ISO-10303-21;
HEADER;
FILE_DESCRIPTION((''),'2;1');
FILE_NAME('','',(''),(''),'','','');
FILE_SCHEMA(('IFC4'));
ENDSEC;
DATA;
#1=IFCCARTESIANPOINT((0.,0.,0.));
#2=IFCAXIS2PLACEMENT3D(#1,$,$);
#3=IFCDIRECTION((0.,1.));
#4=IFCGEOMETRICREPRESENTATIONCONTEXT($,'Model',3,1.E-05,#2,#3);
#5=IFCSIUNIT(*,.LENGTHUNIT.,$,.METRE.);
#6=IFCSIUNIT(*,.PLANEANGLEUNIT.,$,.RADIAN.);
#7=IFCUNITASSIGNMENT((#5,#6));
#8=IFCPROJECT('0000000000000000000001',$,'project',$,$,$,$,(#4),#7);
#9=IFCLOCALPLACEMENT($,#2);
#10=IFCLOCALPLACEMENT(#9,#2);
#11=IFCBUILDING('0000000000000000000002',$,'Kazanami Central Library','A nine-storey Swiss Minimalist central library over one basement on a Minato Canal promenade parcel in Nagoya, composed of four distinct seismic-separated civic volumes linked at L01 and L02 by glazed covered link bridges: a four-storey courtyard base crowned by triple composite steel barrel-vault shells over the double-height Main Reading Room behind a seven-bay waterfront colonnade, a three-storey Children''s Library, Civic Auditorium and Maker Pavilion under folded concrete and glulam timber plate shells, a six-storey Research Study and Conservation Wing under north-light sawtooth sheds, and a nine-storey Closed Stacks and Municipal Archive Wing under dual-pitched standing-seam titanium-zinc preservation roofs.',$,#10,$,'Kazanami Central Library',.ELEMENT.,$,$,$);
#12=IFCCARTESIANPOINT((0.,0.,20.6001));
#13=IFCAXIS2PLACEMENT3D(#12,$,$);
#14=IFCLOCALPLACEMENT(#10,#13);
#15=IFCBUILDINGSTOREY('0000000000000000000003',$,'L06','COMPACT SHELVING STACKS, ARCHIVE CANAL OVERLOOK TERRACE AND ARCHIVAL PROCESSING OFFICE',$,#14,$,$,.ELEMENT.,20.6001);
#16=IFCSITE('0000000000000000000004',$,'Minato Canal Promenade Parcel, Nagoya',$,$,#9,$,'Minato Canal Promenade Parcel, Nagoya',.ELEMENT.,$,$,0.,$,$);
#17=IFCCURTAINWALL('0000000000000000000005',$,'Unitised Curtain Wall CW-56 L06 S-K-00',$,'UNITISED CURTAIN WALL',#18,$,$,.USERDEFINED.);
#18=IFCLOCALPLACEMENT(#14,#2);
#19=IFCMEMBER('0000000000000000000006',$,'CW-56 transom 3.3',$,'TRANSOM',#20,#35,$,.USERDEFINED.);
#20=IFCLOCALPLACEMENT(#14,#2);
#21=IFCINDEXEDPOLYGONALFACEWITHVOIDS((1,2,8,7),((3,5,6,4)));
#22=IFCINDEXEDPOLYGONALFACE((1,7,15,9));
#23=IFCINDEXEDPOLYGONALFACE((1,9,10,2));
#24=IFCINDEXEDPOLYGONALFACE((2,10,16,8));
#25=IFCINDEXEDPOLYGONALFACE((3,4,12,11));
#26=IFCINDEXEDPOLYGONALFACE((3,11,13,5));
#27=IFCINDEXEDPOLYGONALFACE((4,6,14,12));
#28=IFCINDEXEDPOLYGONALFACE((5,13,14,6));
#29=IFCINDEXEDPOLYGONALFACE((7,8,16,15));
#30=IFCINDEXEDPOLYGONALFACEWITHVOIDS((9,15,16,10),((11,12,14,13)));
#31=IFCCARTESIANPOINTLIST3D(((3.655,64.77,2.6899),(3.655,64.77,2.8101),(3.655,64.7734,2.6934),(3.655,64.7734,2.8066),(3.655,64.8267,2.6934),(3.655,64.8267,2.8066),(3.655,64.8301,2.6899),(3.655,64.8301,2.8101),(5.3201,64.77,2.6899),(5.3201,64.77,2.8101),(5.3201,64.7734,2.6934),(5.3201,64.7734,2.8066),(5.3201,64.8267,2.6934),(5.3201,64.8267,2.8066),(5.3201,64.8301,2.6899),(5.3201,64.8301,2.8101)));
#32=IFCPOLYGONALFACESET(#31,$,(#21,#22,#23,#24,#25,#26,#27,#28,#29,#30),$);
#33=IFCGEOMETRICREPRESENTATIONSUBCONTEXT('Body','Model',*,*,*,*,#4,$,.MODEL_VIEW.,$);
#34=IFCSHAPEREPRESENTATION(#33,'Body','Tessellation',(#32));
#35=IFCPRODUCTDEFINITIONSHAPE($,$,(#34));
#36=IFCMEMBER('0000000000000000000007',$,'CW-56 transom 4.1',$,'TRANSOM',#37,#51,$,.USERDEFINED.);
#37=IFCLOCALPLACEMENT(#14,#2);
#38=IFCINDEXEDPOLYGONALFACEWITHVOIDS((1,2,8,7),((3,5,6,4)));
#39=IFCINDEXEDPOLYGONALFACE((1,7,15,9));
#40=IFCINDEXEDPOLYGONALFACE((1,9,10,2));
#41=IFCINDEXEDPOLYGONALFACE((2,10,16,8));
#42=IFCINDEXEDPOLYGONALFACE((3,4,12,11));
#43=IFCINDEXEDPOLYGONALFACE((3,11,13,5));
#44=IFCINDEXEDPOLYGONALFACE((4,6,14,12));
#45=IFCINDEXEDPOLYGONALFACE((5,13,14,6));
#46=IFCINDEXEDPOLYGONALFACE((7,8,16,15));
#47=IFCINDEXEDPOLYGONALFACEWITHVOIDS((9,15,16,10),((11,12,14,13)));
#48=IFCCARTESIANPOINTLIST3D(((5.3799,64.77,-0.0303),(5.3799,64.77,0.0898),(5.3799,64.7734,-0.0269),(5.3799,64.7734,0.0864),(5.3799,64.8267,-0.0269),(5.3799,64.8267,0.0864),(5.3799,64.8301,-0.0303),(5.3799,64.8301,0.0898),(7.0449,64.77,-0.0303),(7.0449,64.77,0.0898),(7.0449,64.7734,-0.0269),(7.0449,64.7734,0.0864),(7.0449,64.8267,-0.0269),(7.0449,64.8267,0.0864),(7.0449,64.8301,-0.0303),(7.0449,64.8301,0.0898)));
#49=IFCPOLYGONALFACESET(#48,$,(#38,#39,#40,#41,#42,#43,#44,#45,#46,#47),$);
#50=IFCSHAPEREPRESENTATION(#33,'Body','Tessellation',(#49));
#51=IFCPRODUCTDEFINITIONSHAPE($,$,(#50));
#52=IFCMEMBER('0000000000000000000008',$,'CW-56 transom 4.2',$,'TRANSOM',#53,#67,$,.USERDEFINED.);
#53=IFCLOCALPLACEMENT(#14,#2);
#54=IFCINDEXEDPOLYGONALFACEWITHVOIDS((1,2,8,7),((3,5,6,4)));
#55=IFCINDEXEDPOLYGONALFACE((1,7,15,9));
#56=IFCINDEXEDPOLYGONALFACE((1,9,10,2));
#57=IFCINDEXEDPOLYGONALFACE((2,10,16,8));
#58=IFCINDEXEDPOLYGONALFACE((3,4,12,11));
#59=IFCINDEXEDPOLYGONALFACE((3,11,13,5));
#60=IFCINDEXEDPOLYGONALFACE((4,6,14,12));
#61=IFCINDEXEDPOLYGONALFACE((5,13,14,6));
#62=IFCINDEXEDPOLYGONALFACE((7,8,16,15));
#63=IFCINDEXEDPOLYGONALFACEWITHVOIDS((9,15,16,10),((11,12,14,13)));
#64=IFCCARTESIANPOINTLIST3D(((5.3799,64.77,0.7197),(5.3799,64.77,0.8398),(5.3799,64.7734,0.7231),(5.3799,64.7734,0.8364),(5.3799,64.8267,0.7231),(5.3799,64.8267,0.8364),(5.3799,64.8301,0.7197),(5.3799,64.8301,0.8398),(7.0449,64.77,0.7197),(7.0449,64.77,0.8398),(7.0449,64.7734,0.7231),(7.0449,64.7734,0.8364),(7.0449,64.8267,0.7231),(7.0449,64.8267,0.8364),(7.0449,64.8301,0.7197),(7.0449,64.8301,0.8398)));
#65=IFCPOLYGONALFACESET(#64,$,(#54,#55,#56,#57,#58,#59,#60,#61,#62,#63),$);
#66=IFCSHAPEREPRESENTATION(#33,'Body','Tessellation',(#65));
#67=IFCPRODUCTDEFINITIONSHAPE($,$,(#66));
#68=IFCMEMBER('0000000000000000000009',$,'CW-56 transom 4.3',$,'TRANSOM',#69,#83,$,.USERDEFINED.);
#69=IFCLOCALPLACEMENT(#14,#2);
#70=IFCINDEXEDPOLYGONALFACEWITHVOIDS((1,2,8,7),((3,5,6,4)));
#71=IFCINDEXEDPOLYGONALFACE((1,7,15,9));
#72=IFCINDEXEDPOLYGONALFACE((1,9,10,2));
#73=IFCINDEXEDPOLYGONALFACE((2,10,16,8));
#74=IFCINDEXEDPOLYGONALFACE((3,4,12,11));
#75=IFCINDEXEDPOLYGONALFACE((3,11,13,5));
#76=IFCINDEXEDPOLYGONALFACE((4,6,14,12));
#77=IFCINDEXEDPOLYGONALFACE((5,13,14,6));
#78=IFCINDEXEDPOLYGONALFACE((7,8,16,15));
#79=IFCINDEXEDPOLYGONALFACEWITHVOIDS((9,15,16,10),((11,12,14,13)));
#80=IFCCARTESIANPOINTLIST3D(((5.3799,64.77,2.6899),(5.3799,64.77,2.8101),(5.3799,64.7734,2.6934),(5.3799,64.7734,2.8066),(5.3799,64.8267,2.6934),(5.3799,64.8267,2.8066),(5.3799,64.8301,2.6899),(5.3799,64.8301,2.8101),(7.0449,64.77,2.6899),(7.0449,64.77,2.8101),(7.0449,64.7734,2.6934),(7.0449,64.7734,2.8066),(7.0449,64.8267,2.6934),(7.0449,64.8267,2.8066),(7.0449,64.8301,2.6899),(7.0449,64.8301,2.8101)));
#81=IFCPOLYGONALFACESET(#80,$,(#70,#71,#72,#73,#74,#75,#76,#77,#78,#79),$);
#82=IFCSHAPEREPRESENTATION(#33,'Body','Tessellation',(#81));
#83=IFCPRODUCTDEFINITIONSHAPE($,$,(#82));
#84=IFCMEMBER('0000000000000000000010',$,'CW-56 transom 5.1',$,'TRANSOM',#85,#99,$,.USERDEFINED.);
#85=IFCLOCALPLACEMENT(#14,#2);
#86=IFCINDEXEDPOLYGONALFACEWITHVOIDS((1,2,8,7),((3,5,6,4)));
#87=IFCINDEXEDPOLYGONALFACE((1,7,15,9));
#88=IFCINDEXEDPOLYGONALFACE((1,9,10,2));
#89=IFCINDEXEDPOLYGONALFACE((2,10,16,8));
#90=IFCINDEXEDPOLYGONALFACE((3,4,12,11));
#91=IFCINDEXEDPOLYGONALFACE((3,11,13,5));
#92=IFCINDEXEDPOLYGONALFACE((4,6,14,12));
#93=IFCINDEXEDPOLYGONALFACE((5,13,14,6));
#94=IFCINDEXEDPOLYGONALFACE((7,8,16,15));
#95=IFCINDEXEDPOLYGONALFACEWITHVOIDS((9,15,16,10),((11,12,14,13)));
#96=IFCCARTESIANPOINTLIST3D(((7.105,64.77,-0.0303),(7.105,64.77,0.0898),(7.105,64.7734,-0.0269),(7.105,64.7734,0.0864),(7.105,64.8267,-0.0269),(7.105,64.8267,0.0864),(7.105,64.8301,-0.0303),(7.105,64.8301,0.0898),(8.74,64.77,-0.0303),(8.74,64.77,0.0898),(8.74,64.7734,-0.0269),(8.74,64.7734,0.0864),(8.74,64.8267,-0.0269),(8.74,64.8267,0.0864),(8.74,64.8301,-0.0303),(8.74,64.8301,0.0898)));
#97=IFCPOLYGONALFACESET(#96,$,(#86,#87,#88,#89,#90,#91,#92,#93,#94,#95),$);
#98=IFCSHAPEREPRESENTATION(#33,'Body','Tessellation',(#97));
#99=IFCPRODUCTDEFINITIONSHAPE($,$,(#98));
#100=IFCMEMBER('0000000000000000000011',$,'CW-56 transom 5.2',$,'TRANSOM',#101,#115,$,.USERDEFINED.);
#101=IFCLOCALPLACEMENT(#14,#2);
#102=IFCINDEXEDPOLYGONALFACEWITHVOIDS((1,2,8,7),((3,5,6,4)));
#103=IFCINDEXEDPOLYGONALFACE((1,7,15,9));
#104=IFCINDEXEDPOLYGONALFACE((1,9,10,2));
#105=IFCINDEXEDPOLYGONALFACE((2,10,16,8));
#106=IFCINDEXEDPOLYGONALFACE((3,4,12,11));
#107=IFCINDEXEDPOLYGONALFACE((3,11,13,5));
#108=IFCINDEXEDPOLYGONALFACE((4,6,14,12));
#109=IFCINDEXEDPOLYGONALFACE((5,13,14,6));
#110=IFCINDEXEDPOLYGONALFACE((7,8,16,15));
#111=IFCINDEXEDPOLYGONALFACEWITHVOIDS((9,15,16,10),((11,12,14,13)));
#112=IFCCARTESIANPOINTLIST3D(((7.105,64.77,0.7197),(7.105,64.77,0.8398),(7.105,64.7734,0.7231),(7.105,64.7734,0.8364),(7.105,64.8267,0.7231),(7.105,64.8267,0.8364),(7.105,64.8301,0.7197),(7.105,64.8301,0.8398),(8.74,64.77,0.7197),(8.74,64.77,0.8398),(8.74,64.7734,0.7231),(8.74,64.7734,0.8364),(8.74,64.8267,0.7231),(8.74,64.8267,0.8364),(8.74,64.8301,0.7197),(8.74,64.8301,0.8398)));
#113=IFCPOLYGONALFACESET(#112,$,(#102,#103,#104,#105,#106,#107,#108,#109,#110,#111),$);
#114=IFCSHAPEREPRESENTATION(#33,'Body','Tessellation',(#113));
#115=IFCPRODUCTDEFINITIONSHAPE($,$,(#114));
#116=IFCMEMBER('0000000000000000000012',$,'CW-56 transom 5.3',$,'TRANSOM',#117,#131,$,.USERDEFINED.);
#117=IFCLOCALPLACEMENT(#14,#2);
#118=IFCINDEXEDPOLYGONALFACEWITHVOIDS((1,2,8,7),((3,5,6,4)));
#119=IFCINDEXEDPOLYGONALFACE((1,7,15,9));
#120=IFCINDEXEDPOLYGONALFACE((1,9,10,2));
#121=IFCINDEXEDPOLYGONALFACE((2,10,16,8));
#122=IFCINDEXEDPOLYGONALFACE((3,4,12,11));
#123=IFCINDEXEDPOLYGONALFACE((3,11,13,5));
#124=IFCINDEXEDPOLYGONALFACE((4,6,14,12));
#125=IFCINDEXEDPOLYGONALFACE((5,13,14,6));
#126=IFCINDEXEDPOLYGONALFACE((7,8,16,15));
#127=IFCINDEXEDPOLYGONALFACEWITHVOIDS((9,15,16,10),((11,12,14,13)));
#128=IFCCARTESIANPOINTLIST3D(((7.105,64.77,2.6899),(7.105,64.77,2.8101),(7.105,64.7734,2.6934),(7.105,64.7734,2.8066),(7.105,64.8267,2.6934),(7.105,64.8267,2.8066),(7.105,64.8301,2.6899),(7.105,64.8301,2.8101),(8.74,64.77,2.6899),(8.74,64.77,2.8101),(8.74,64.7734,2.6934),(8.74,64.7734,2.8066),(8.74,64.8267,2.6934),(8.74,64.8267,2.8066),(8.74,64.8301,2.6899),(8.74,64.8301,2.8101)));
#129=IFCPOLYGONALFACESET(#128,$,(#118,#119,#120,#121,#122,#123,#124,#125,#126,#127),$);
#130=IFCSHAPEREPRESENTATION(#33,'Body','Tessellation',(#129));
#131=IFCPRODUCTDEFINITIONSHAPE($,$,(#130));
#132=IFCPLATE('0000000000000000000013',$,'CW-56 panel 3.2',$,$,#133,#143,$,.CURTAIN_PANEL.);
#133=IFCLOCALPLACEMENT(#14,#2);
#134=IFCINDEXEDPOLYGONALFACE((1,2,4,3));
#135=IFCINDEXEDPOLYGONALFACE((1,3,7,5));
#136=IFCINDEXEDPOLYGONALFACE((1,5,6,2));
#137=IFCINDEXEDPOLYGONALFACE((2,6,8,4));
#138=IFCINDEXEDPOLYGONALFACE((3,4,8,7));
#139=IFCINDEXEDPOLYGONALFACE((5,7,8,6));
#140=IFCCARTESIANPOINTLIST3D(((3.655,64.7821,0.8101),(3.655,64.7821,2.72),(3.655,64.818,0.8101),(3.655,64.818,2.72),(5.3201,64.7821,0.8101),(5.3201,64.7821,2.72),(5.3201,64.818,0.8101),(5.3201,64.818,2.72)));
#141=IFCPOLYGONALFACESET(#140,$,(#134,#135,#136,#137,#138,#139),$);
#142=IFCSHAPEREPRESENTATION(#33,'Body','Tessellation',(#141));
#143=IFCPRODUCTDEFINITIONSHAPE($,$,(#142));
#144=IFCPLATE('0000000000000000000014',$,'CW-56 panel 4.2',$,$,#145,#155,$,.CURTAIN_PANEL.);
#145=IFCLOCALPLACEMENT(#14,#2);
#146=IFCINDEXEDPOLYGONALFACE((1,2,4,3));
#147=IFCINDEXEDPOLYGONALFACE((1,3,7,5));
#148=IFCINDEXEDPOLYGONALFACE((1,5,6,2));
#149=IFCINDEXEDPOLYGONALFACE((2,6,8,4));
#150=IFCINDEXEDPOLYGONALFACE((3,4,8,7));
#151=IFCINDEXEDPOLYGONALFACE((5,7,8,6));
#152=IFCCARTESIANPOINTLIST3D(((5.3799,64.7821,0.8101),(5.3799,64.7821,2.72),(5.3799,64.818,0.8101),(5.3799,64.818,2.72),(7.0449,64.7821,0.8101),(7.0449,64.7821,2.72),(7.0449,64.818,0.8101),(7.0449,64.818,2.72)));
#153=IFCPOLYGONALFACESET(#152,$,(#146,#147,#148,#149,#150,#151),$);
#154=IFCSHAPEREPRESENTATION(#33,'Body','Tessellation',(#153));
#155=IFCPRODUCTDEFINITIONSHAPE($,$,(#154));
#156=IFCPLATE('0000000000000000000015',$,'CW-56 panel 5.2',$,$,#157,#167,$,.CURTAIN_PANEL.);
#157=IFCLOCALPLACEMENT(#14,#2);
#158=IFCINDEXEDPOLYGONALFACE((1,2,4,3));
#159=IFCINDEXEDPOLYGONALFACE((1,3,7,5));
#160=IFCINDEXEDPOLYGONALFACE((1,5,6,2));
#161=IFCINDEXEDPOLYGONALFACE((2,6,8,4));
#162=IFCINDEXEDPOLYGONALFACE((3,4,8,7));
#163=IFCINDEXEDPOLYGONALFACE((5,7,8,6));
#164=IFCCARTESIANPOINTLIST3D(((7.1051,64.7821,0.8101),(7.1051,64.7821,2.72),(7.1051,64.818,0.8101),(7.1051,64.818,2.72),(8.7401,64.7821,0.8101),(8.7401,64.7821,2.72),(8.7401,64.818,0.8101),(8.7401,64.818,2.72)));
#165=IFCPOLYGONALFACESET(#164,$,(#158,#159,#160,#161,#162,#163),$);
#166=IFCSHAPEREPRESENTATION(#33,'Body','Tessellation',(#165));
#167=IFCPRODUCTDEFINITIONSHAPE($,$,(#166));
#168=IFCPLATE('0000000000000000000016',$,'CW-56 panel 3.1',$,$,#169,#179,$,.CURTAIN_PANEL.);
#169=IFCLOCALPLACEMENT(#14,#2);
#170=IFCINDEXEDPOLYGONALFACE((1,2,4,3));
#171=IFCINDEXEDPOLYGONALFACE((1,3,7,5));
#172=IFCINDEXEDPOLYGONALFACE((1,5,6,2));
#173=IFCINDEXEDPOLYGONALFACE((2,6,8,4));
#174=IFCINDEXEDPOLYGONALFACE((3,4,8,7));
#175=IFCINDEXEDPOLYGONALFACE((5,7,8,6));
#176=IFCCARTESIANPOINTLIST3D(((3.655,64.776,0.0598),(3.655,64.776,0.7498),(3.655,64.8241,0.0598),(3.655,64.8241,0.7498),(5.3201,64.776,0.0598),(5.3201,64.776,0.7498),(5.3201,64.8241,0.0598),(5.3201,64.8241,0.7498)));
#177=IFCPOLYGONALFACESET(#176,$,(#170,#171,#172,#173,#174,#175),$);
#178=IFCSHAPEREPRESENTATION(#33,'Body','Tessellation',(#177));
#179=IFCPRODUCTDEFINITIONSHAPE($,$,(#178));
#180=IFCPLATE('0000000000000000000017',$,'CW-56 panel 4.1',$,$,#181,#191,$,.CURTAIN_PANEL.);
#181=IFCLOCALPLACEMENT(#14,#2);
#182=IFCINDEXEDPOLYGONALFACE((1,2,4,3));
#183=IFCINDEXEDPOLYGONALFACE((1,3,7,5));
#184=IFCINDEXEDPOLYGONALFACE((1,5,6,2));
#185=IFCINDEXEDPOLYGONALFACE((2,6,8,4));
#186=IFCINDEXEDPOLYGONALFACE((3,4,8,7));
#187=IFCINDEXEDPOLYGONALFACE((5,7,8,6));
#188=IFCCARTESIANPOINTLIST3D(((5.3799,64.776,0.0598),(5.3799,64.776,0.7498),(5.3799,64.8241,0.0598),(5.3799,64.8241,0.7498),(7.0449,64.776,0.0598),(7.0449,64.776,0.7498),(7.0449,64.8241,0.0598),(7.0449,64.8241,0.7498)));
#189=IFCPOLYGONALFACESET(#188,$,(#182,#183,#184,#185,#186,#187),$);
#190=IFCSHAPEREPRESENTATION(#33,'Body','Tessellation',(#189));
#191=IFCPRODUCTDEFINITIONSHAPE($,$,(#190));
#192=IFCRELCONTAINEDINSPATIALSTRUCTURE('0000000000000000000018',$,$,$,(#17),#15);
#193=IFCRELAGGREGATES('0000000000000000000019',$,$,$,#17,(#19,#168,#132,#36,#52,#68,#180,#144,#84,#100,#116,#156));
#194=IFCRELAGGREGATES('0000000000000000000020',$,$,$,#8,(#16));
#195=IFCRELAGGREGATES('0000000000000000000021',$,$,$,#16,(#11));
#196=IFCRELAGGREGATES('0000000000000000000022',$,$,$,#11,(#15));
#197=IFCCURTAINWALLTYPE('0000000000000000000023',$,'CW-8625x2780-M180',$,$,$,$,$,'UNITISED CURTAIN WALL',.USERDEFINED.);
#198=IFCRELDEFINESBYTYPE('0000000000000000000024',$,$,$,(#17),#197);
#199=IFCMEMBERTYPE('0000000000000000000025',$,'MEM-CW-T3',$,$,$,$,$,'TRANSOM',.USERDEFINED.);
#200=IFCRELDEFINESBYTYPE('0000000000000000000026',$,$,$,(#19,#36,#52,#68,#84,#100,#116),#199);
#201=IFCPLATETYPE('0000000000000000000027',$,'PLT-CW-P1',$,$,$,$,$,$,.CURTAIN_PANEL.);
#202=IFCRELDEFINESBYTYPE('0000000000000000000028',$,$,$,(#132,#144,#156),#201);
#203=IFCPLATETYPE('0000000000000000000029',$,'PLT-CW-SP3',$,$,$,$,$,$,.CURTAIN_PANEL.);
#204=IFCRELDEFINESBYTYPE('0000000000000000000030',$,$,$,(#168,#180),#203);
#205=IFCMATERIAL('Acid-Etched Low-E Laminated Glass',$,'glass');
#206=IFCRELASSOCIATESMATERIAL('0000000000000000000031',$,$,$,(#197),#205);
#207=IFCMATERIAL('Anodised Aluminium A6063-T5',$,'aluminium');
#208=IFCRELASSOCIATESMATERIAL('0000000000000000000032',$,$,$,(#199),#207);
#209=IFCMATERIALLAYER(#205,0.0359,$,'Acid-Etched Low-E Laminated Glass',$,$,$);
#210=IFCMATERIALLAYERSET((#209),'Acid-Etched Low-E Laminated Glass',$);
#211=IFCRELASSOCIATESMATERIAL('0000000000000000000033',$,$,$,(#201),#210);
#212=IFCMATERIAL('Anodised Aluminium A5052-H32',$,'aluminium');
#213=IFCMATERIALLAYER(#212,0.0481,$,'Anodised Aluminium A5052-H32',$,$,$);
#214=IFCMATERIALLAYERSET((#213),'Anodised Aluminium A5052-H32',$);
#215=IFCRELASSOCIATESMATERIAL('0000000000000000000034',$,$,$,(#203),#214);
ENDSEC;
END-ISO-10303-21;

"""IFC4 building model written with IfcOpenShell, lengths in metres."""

from ifc_helpers import new_model, si_unit, direction, frame, origin, origin_2d, place, context, subcontext, project, spatial, rectangle, hollow_rectangle, extrude, material, layer, layer_set, material_profile, profile_set, type_object, element, aggregate, save


model = new_model("IFC4")

# Units and contexts
model_context = context("Model", 3, precision=1e-05, world=origin(), true_north=direction((0.0, 1.0)))
body_context = subcontext(model_context, "Body", "Model", "MODEL_VIEW")
ifc_project = project(units=[si_unit("LENGTHUNIT", "METRE"), si_unit("PLANEANGLEUNIT", "RADIAN")], contexts=[model_context])

# Site, building, storey
site_placement = place(None, origin())
site = spatial("IfcSite", under=ifc_project, at=site_placement, Name="Minato Canal Promenade Parcel, Nagoya", LongName="Minato Canal Promenade Parcel, Nagoya", CompositionType="ELEMENT", RefElevation=0.0)
building_placement = place(site_placement, origin())
building = spatial("IfcBuilding", under=site, at=building_placement, Name="Kazanami Central Library", Description="A nine-storey Swiss Minimalist central library over one basement on a Minato Canal promenade parcel in Nagoya, composed of four distinct seismic-separated civic volumes linked at L01 and L02 by glazed covered link bridges: a four-storey courtyard base crowned by triple composite steel barrel-vault shells over the double-height Main Reading Room behind a seven-bay waterfront colonnade, a three-storey Children's Library, Civic Auditorium and Maker Pavilion under folded concrete and glulam timber plate shells, a six-storey Research Study and Conservation Wing under north-light sawtooth sheds, and a nine-storey Closed Stacks and Municipal Archive Wing under dual-pitched standing-seam titanium-zinc preservation roofs.", LongName="Kazanami Central Library", CompositionType="ELEMENT")
storey_placement = place(building_placement, frame((0.0, 0.0, 20.6001)))
storey = spatial("IfcBuildingStorey", under=building, at=storey_placement, Name="L06", Description="COMPACT SHELVING STACKS, ARCHIVE CANAL OVERLOOK TERRACE AND ARCHIVAL PROCESSING OFFICE", CompositionType="ELEMENT", Elevation=20.6001)

# Curtain wall, members, plates
ifc_material_1 = material(Name="Acid-Etched Low-E Laminated Glass", Category="glass")
curtain_wall_type = type_object("IfcCurtainWallType", Name="CW-8625x2780-M180", ElementType="UNITISED CURTAIN WALL", PredefinedType="USERDEFINED", material=ifc_material_1)
curtain_wall_placement = place(storey_placement, origin())
curtain_wall = element("IfcCurtainWall", 1, at=curtain_wall_placement, inside=storey, type_object=curtain_wall_type, Name="Unitised Curtain Wall CW-56 L06 S-K-00", ObjectType="UNITISED CURTAIN WALL", PredefinedType="USERDEFINED")
ifc_material_2 = material(Name="Anodised Aluminium A6063-T5", Category="aluminium")
ifc_material_profile_1 = material_profile(ifc_material_2, hollow_rectangle(XDim=0.0601, YDim=0.1201, WallThickness=0.0034, at=origin_2d()), Name="ALU-TRAN-60x120x3.5")
ifc_profile_set_1 = profile_set([ifc_material_profile_1], Name="Anodised Aluminium A6063-T5")
member_type_1 = type_object("IfcMemberType", Name="MEM-CW-T3", ElementType="TRANSOM", PredefinedType="USERDEFINED", material=ifc_profile_set_1)
member_1_placement = place(storey_placement, frame((3.655, 64.8, 2.75), z_axis=(1.0, 0.0, 0.0), x_axis=(0.0, 1.0, 0.0)))
member_1 = element("IfcMember", 2, at=member_1_placement, type_object=member_type_1, Name="CW-56 transom 3.3", ObjectType="TRANSOM", PredefinedType="USERDEFINED", context=body_context, shape_type="SweptSolid", body=[
    extrude(hollow_rectangle(XDim=0.0601, YDim=0.1201, WallThickness=0.0034, at=origin_2d()), origin(), (0.0, 0.0, 1.0), 1.665),
])
member_2_placement = place(storey_placement, frame((5.3799, 64.8, 0.0298), z_axis=(1.0, 0.0, 0.0), x_axis=(0.0, 1.0, 0.0)))
member_2 = element("IfcMember", 3, at=member_2_placement, type_object=member_type_1, Name="CW-56 transom 4.1", ObjectType="TRANSOM", PredefinedType="USERDEFINED", context=body_context, shape_type="SweptSolid", body=[
    extrude(hollow_rectangle(XDim=0.0601, YDim=0.1201, WallThickness=0.0034, at=origin_2d()), origin(), (0.0, 0.0, 1.0), 1.665),
])
member_3_placement = place(storey_placement, frame((5.3799, 64.8, 0.7798), z_axis=(1.0, 0.0, 0.0), x_axis=(0.0, 1.0, 0.0)))
member_3 = element("IfcMember", 4, at=member_3_placement, type_object=member_type_1, Name="CW-56 transom 4.2", ObjectType="TRANSOM", PredefinedType="USERDEFINED", context=body_context, shape_type="SweptSolid", body=[
    extrude(hollow_rectangle(XDim=0.0601, YDim=0.1201, WallThickness=0.0034, at=origin_2d()), origin(), (0.0, 0.0, 1.0), 1.665),
])
member_4_placement = place(storey_placement, frame((5.3799, 64.8, 2.75), z_axis=(1.0, 0.0, 0.0), x_axis=(0.0, 1.0, 0.0)))
member_4 = element("IfcMember", 5, at=member_4_placement, type_object=member_type_1, Name="CW-56 transom 4.3", ObjectType="TRANSOM", PredefinedType="USERDEFINED", context=body_context, shape_type="SweptSolid", body=[
    extrude(hollow_rectangle(XDim=0.0601, YDim=0.1201, WallThickness=0.0034, at=origin_2d()), origin(), (0.0, 0.0, 1.0), 1.665),
])
member_5_placement = place(storey_placement, frame((7.105, 64.8, 0.0298), z_axis=(1.0, 0.0, 0.0), x_axis=(0.0, 1.0, 0.0)))
member_5 = element("IfcMember", 6, at=member_5_placement, type_object=member_type_1, Name="CW-56 transom 5.1", ObjectType="TRANSOM", PredefinedType="USERDEFINED", context=body_context, shape_type="SweptSolid", body=[
    extrude(hollow_rectangle(XDim=0.0601, YDim=0.1201, WallThickness=0.0034, at=origin_2d()), origin(), (0.0, 0.0, 1.0), 1.635),
])
member_6_placement = place(storey_placement, frame((7.105, 64.8, 0.7798), z_axis=(1.0, 0.0, 0.0), x_axis=(0.0, 1.0, 0.0)))
member_6 = element("IfcMember", 7, at=member_6_placement, type_object=member_type_1, Name="CW-56 transom 5.2", ObjectType="TRANSOM", PredefinedType="USERDEFINED", context=body_context, shape_type="SweptSolid", body=[
    extrude(hollow_rectangle(XDim=0.0601, YDim=0.1201, WallThickness=0.0034, at=origin_2d()), origin(), (0.0, 0.0, 1.0), 1.635),
])
member_7_placement = place(storey_placement, frame((7.105, 64.8, 2.75), z_axis=(1.0, 0.0, 0.0), x_axis=(0.0, 1.0, 0.0)))
member_7 = element("IfcMember", 8, at=member_7_placement, type_object=member_type_1, Name="CW-56 transom 5.3", ObjectType="TRANSOM", PredefinedType="USERDEFINED", context=body_context, shape_type="SweptSolid", body=[
    extrude(hollow_rectangle(XDim=0.0601, YDim=0.1201, WallThickness=0.0034, at=origin_2d()), origin(), (0.0, 0.0, 1.0), 1.635),
])
ifc_layer_1 = layer(ifc_material_1, 0.0359, Name="Acid-Etched Low-E Laminated Glass")
ifc_layer_set_1 = layer_set([ifc_layer_1], Name="Acid-Etched Low-E Laminated Glass")
plate_type_1 = type_object("IfcPlateType", Name="PLT-CW-P1", PredefinedType="CURTAIN_PANEL", material=ifc_layer_set_1)
plate_1_placement = place(storey_placement, frame((4.4875, 64.8, 0.8101), z_axis=(0.0, 0.0, 1.0), x_axis=(1.0, 0.0, 0.0)))
plate_1 = element("IfcPlate", 9, at=plate_1_placement, type_object=plate_type_1, Name="CW-56 panel 3.2", PredefinedType="CURTAIN_PANEL", context=body_context, shape_type="SweptSolid", body=[
    extrude(rectangle(XDim=1.665, YDim=0.0359, at=origin_2d()), origin(), (0.0, 0.0, 1.0), 1.9099),
])
plate_2_placement = place(storey_placement, frame((6.2124, 64.8, 0.8101), z_axis=(0.0, 0.0, 1.0), x_axis=(1.0, 0.0, 0.0)))
plate_2 = element("IfcPlate", 10, at=plate_2_placement, type_object=plate_type_1, Name="CW-56 panel 4.2", PredefinedType="CURTAIN_PANEL", context=body_context, shape_type="SweptSolid", body=[
    extrude(rectangle(XDim=1.665, YDim=0.0359, at=origin_2d()), origin(), (0.0, 0.0, 1.0), 1.9099),
])
plate_3_placement = place(storey_placement, frame((7.9226, 64.8, 0.8101), z_axis=(0.0, 0.0, 1.0), x_axis=(1.0, 0.0, 0.0)))
plate_3 = element("IfcPlate", 11, at=plate_3_placement, type_object=plate_type_1, Name="CW-56 panel 5.2", PredefinedType="CURTAIN_PANEL", context=body_context, shape_type="SweptSolid", body=[
    extrude(rectangle(XDim=1.635, YDim=0.0359, at=origin_2d()), origin(), (0.0, 0.0, 1.0), 1.9099),
])
ifc_material_3 = material(Name="Anodised Aluminium A5052-H32", Category="aluminium")
ifc_layer_2 = layer(ifc_material_3, 0.0481, Name="Anodised Aluminium A5052-H32")
ifc_layer_set_2 = layer_set([ifc_layer_2], Name="Anodised Aluminium A5052-H32")
plate_type_2 = type_object("IfcPlateType", Name="PLT-CW-SP3", PredefinedType="CURTAIN_PANEL", material=ifc_layer_set_2)
plate_4_placement = place(storey_placement, frame((4.4875, 64.8, 0.0598), z_axis=(0.0, 0.0, 1.0), x_axis=(1.0, 0.0, 0.0)))
plate_4 = element("IfcPlate", 12, at=plate_4_placement, type_object=plate_type_2, Name="CW-56 panel 3.1", PredefinedType="CURTAIN_PANEL", context=body_context, shape_type="SweptSolid", body=[
    extrude(rectangle(XDim=1.665, YDim=0.0481, at=origin_2d()), origin(), (0.0, 0.0, 1.0), 0.6899),
])
plate_5_placement = place(storey_placement, frame((6.2124, 64.8, 0.0598), z_axis=(0.0, 0.0, 1.0), x_axis=(1.0, 0.0, 0.0)))
plate_5 = element("IfcPlate", 13, at=plate_5_placement, type_object=plate_type_2, Name="CW-56 panel 4.1", PredefinedType="CURTAIN_PANEL", context=body_context, shape_type="SweptSolid", body=[
    extrude(rectangle(XDim=1.665, YDim=0.0481, at=origin_2d()), origin(), (0.0, 0.0, 1.0), 0.6899),
])
aggregate(curtain_wall, [member_1, plate_4, plate_1, member_2, member_3, member_4, plate_5, plate_2, member_5, member_6, member_7, plate_3])

save(model, "model.ifc")
